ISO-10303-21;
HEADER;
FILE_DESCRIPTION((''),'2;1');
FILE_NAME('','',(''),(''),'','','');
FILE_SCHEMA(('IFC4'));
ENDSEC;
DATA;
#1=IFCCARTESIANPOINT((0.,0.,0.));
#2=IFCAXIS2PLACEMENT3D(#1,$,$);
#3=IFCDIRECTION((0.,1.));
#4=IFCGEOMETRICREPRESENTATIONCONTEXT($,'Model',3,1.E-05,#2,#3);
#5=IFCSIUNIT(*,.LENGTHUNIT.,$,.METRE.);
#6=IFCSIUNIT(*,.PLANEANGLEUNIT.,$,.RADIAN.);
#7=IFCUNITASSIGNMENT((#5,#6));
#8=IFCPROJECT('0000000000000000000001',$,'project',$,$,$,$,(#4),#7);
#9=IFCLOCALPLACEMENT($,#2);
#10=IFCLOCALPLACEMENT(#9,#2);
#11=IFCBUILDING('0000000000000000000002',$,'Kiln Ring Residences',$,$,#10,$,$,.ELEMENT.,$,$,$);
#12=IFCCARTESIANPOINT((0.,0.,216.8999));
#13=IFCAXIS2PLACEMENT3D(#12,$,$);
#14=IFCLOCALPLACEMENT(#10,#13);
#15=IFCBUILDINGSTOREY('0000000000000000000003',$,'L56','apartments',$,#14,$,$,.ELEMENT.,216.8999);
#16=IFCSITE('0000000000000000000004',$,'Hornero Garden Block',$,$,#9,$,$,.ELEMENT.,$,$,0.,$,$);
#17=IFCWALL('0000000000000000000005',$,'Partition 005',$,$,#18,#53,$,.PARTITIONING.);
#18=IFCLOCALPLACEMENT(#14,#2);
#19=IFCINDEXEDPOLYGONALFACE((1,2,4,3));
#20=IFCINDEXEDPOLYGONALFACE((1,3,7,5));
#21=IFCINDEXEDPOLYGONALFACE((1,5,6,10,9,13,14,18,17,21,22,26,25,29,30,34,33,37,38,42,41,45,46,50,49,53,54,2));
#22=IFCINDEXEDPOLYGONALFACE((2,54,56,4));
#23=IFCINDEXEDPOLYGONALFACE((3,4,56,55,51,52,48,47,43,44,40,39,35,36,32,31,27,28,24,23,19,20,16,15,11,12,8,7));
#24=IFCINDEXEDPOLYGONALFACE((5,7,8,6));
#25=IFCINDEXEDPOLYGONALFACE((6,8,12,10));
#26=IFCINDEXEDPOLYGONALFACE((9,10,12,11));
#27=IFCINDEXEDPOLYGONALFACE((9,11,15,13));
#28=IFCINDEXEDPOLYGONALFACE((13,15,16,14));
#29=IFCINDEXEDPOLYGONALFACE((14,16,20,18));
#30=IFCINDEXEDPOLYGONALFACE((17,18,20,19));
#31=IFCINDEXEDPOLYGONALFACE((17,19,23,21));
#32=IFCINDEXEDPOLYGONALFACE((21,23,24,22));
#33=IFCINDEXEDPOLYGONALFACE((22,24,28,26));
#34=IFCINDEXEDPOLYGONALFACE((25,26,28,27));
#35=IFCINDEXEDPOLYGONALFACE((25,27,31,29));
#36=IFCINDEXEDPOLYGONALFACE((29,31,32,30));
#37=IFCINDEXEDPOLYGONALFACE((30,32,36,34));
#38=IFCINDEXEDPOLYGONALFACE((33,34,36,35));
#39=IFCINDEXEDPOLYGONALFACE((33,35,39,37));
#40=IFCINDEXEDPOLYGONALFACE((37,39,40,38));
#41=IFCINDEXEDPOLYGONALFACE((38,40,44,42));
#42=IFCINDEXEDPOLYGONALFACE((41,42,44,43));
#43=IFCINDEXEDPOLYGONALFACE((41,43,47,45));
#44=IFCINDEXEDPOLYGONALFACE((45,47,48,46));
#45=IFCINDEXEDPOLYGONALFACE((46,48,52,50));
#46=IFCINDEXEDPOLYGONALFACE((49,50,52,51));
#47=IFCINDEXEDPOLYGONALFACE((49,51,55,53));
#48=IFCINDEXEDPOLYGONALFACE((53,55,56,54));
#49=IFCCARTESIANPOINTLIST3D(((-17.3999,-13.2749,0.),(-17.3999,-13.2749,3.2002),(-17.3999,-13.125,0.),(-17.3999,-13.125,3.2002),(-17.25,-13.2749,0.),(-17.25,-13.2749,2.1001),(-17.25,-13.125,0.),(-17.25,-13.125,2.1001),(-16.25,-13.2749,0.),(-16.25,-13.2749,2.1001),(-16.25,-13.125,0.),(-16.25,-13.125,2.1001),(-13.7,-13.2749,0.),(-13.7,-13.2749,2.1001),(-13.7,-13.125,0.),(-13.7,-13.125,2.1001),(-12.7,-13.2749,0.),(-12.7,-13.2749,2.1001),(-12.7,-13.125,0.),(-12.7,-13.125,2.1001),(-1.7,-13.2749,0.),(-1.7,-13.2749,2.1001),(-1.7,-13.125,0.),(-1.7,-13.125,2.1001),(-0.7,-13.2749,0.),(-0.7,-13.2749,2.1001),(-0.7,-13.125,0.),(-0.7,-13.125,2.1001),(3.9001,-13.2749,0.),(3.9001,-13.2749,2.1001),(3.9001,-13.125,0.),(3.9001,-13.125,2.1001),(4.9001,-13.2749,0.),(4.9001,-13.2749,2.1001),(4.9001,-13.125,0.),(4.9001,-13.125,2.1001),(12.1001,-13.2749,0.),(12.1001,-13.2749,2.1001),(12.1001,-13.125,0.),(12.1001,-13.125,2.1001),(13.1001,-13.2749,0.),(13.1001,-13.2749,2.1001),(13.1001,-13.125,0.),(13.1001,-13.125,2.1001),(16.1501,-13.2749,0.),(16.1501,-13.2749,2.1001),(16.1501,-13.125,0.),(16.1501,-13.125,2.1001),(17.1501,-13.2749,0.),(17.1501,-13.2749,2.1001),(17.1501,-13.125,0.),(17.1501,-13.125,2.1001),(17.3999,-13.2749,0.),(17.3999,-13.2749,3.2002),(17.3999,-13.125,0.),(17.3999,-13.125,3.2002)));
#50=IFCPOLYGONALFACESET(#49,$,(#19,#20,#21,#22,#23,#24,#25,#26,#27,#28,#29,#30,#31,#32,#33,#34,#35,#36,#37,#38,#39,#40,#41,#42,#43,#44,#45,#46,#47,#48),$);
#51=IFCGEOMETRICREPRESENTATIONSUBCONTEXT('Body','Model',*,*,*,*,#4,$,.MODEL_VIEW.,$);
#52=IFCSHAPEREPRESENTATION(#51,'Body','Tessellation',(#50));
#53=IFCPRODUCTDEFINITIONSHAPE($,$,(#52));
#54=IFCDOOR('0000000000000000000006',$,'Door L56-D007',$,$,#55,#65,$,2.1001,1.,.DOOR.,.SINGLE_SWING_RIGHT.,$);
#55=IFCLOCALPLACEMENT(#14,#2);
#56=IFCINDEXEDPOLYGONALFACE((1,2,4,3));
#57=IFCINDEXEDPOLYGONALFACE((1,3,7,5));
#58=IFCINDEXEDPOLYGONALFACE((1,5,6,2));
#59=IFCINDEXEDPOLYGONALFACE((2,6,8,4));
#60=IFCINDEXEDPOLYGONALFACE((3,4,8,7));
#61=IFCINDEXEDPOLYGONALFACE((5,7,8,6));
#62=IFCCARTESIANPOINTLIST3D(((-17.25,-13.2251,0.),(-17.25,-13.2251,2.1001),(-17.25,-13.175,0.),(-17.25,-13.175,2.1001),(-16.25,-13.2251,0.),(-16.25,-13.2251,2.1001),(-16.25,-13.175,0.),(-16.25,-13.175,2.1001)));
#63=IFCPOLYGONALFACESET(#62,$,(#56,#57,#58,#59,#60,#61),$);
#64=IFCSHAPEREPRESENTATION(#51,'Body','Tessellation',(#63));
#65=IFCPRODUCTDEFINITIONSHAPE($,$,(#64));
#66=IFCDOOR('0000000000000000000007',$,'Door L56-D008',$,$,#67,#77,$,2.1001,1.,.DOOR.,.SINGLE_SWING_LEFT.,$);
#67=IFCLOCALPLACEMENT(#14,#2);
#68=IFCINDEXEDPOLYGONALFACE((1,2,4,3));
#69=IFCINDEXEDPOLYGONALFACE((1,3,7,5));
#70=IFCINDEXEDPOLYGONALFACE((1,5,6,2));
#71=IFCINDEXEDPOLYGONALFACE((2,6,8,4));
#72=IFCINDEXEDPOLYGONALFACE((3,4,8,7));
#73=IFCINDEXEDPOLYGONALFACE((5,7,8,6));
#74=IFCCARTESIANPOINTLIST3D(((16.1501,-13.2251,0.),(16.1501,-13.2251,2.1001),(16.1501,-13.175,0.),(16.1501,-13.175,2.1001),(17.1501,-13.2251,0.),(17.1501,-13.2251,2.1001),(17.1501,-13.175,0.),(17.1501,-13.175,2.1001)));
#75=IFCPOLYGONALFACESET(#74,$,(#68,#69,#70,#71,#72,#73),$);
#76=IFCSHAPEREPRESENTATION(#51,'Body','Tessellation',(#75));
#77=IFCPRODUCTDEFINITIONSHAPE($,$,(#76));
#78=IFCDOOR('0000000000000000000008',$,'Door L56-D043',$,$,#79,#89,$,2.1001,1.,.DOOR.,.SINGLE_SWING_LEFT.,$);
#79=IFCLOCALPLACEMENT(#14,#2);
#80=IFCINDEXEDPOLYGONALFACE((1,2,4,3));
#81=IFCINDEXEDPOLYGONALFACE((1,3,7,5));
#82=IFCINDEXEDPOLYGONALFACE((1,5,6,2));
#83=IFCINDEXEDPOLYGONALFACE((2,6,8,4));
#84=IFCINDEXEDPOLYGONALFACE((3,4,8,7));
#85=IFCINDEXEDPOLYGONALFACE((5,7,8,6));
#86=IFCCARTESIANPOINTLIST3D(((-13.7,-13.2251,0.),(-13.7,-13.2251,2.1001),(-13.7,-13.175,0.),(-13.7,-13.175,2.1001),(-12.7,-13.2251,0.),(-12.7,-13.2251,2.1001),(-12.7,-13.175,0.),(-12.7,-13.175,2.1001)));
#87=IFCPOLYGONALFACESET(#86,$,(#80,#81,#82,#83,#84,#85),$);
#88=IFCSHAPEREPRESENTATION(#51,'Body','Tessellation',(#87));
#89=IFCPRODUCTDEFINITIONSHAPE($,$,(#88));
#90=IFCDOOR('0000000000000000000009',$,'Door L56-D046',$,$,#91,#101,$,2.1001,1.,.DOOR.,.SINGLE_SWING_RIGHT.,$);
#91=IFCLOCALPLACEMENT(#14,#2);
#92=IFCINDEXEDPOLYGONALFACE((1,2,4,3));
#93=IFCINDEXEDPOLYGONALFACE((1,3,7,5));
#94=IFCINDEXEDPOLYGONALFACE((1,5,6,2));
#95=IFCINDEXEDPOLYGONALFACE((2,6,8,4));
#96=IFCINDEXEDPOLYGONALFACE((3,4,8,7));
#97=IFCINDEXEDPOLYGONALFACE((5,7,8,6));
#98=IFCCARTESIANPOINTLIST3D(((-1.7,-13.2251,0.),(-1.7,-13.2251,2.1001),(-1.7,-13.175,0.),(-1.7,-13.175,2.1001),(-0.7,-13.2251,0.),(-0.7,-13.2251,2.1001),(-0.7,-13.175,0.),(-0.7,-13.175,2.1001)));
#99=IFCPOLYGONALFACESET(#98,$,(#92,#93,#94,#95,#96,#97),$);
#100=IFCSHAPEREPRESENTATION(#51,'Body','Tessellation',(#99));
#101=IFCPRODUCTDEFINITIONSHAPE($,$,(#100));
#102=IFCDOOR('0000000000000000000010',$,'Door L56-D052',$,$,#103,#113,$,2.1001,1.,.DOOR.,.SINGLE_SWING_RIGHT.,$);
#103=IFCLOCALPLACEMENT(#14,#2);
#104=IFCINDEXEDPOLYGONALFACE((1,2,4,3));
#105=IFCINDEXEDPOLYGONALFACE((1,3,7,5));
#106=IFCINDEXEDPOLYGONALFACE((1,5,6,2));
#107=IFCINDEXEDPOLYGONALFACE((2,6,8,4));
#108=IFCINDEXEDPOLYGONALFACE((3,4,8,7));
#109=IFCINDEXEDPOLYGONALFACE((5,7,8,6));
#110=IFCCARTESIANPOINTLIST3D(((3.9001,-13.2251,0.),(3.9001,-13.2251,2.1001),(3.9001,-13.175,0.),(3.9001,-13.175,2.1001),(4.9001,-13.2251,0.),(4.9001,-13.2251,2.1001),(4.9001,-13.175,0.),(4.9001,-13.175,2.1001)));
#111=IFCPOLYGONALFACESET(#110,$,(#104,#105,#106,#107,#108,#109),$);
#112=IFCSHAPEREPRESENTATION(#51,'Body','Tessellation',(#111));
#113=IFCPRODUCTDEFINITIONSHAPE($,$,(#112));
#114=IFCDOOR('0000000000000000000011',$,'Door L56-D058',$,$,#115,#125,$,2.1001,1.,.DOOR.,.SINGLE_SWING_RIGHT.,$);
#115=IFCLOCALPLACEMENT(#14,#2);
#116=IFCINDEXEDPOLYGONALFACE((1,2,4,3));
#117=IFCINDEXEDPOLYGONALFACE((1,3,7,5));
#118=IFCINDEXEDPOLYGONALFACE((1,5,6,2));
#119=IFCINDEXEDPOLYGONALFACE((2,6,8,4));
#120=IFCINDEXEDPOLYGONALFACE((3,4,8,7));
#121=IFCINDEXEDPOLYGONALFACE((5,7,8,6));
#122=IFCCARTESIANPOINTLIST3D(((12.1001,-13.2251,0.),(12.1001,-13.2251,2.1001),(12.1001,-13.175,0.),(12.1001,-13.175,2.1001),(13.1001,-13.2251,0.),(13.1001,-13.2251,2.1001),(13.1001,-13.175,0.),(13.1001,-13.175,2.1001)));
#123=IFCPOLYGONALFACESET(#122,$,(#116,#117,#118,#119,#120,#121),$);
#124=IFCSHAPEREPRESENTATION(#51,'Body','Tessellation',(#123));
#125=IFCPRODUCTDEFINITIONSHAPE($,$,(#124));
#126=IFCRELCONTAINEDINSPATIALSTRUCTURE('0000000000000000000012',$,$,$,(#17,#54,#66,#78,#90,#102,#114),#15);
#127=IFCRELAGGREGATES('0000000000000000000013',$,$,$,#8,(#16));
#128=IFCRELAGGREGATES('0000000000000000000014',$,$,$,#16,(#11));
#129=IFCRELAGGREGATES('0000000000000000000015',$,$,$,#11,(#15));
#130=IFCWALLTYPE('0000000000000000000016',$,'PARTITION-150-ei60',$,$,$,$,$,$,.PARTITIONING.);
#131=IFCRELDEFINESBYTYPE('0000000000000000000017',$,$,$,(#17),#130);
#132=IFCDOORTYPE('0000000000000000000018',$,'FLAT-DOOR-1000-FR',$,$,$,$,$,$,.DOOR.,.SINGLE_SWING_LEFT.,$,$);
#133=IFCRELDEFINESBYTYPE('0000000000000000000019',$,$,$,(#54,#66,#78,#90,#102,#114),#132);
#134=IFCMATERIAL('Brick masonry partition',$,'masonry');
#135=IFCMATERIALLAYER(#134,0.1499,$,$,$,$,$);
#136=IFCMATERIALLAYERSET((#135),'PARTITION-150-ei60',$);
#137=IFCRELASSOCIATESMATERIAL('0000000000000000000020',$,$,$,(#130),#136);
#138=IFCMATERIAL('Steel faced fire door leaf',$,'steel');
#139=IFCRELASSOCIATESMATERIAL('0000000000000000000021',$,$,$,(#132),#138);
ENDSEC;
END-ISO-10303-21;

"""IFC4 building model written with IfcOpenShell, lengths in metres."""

from ifc_helpers import new_model, si_unit, direction, frame, frame_2d, origin, place, context, subcontext, project, spatial, rectangle, extrude, material, layer, layer_set, type_object, element, fill, save


model = new_model("IFC4")

# Units and contexts
model_context = context("Model", 3, precision=1e-05, world=origin(), true_north=direction((0.0, 1.0)))
body_context = subcontext(model_context, "Body", "Model", "MODEL_VIEW")
ifc_project = project(units=[si_unit("LENGTHUNIT", "METRE"), si_unit("PLANEANGLEUNIT", "RADIAN")], contexts=[model_context])

# Site, building, storey
site_placement = place(None, origin())
site = spatial("IfcSite", under=ifc_project, at=site_placement, Name="Hornero Garden Block", CompositionType="ELEMENT", RefElevation=0.0)
building_placement = place(site_placement, origin())
building = spatial("IfcBuilding", under=site, at=building_placement, Name="Kiln Ring Residences", CompositionType="ELEMENT")
storey_placement = place(building_placement, frame((0.0, 0.0, 216.8999)))
storey = spatial("IfcBuildingStorey", under=building, at=storey_placement, Name="L56", Description="apartments", CompositionType="ELEMENT", Elevation=216.8999)

# Shared definitions
ifc_material_1 = material(Name="Brick masonry partition", Category="masonry")
ifc_layer_1 = layer(ifc_material_1, 0.1499)
ifc_layer_set_1 = layer_set([ifc_layer_1], Name="PARTITION-150-ei60")
wall_type_1 = type_object("IfcWallType", Name="PARTITION-150-ei60", PredefinedType="PARTITIONING", material=ifc_layer_set_1)
ifc_material_2 = material(Name="Steel faced fire door leaf", Category="steel")
door_type_1 = type_object("IfcDoorType", Name="FLAT-DOOR-1000-FR", OperationType="SINGLE_SWING_LEFT", PredefinedType="DOOR", material=ifc_material_2)

# Wall, openings, doors
wall_1_placement = place(storey_placement, frame((-17.3999, -13.2, 0.0), z_axis=(0.0, 0.0, 1.0), x_axis=(1.0, 0.0, 0.0)))
wall_1 = element("IfcWall", 1, at=wall_1_placement, inside=storey, type_object=wall_type_1, Name="Partition 005", PredefinedType="PARTITIONING", context=body_context, shape_type="SweptSolid", body=[
    extrude(rectangle(XDim=34.7998, YDim=0.1499, at=frame_2d((17.3999, 0.0))), origin(), (0.0, 0.0, 1.0), 3.2002),
])
opening_1_placement = place(wall_1_placement, frame((0.1499, 0.0, 0.0)))
opening_1 = element("IfcOpeningElement", 2, at=opening_1_placement, cuts=wall_1, PredefinedType="OPENING", context=body_context, shape_type="SweptSolid", body=[
    extrude(rectangle(XDim=1.0, YDim=2.1001, at=frame_2d((0.5, 1.05))), frame((0.0, 0.085, 0.0), z_axis=(0.0, -1.0, 0.0), x_axis=(1.0, 0.0, 0.0)), (0.0, 0.0, 1.0), 0.1699),
])
opening_2_placement = place(wall_1_placement, frame((33.55, 0.0, 0.0)))
opening_2 = element("IfcOpeningElement", 3, at=opening_2_placement, cuts=wall_1, PredefinedType="OPENING", context=body_context, shape_type="SweptSolid", body=[
    extrude(rectangle(XDim=1.0, YDim=2.1001, at=frame_2d((0.5, 1.05))), frame((0.0, 0.085, 0.0), z_axis=(0.0, -1.0, 0.0), x_axis=(1.0, 0.0, 0.0)), (0.0, 0.0, 1.0), 0.1699),
])
opening_3_placement = place(wall_1_placement, frame((3.7, 0.0, 0.0)))
opening_3 = element("IfcOpeningElement", 4, at=opening_3_placement, cuts=wall_1, PredefinedType="OPENING", context=body_context, shape_type="SweptSolid", body=[
    extrude(rectangle(XDim=1.0, YDim=2.1001, at=frame_2d((0.5, 1.05))), frame((0.0, 0.085, 0.0), z_axis=(0.0, -1.0, 0.0), x_axis=(1.0, 0.0, 0.0)), (0.0, 0.0, 1.0), 0.1699),
])
opening_4_placement = place(wall_1_placement, frame((15.7, 0.0, 0.0)))
opening_4 = element("IfcOpeningElement", 5, at=opening_4_placement, cuts=wall_1, PredefinedType="OPENING", context=body_context, shape_type="SweptSolid", body=[
    extrude(rectangle(XDim=1.0, YDim=2.1001, at=frame_2d((0.5, 1.05))), frame((0.0, 0.085, 0.0), z_axis=(0.0, -1.0, 0.0), x_axis=(1.0, 0.0, 0.0)), (0.0, 0.0, 1.0), 0.1699),
])
opening_5_placement = place(wall_1_placement, frame((21.3, 0.0, 0.0)))
opening_5 = element("IfcOpeningElement", 6, at=opening_5_placement, cuts=wall_1, PredefinedType="OPENING", context=body_context, shape_type="SweptSolid", body=[
    extrude(rectangle(XDim=1.0, YDim=2.1001, at=frame_2d((0.5, 1.05))), frame((0.0, 0.085, 0.0), z_axis=(0.0, -1.0, 0.0), x_axis=(1.0, 0.0, 0.0)), (0.0, 0.0, 1.0), 0.1699),
])
opening_6_placement = place(wall_1_placement, frame((29.5, 0.0, 0.0)))
opening_6 = element("IfcOpeningElement", 7, at=opening_6_placement, cuts=wall_1, PredefinedType="OPENING", context=body_context, shape_type="SweptSolid", body=[
    extrude(rectangle(XDim=1.0, YDim=2.1001, at=frame_2d((0.5, 1.05))), frame((0.0, 0.085, 0.0), z_axis=(0.0, -1.0, 0.0), x_axis=(1.0, 0.0, 0.0)), (0.0, 0.0, 1.0), 0.1699),
])
door_1_placement = place(opening_1_placement, origin())
door_1 = element("IfcDoor", 8, at=door_1_placement, inside=storey, type_object=door_type_1, Name="Door L56-D007", OperationType="SINGLE_SWING_RIGHT", OverallHeight=2.1001, OverallWidth=1.0, PredefinedType="DOOR", context=body_context, shape_type="SweptSolid", body=[
    extrude(rectangle(XDim=1.0, YDim=2.1001, at=frame_2d((0.5, 1.05))), frame((0.0, 0.0249, 0.0), z_axis=(0.0, -1.0, 0.0), x_axis=(1.0, 0.0, 0.0)), (0.0, 0.0, 1.0), 0.05),
])
fill(opening_1, door_1)
door_2_placement = place(opening_2_placement, origin())
door_2 = element("IfcDoor", 9, at=door_2_placement, inside=storey, type_object=door_type_1, Name="Door L56-D008", OperationType="SINGLE_SWING_LEFT", OverallHeight=2.1001, OverallWidth=1.0, PredefinedType="DOOR", context=body_context, shape_type="SweptSolid", body=[
    extrude(rectangle(XDim=1.0, YDim=2.1001, at=frame_2d((0.5, 1.05))), frame((0.0, 0.0249, 0.0), z_axis=(0.0, -1.0, 0.0), x_axis=(1.0, 0.0, 0.0)), (0.0, 0.0, 1.0), 0.05),
])
fill(opening_2, door_2)
door_3_placement = place(opening_3_placement, origin())
door_3 = element("IfcDoor", 10, at=door_3_placement, inside=storey, type_object=door_type_1, Name="Door L56-D043", OperationType="SINGLE_SWING_LEFT", OverallHeight=2.1001, OverallWidth=1.0, PredefinedType="DOOR", context=body_context, shape_type="SweptSolid", body=[
    extrude(rectangle(XDim=1.0, YDim=2.1001, at=frame_2d((0.5, 1.05))), frame((0.0, 0.0249, 0.0), z_axis=(0.0, -1.0, 0.0), x_axis=(1.0, 0.0, 0.0)), (0.0, 0.0, 1.0), 0.05),
])
fill(opening_3, door_3)
door_4_placement = place(opening_4_placement, origin())
door_4 = element("IfcDoor", 11, at=door_4_placement, inside=storey, type_object=door_type_1, Name="Door L56-D046", OperationType="SINGLE_SWING_RIGHT", OverallHeight=2.1001, OverallWidth=1.0, PredefinedType="DOOR", context=body_context, shape_type="SweptSolid", body=[
    extrude(rectangle(XDim=1.0, YDim=2.1001, at=frame_2d((0.5, 1.05))), frame((0.0, 0.0249, 0.0), z_axis=(0.0, -1.0, 0.0), x_axis=(1.0, 0.0, 0.0)), (0.0, 0.0, 1.0), 0.05),
])
fill(opening_4, door_4)
door_5_placement = place(opening_5_placement, origin())
door_5 = element("IfcDoor", 12, at=door_5_placement, inside=storey, type_object=door_type_1, Name="Door L56-D052", OperationType="SINGLE_SWING_RIGHT", OverallHeight=2.1001, OverallWidth=1.0, PredefinedType="DOOR", context=body_context, shape_type="SweptSolid", body=[
    extrude(rectangle(XDim=1.0, YDim=2.1001, at=frame_2d((0.5, 1.05))), frame((0.0, 0.0249, 0.0), z_axis=(0.0, -1.0, 0.0), x_axis=(1.0, 0.0, 0.0)), (0.0, 0.0, 1.0), 0.05),
])
fill(opening_5, door_5)
door_6_placement = place(opening_6_placement, origin())
door_6 = element("IfcDoor", 13, at=door_6_placement, inside=storey, type_object=door_type_1, Name="Door L56-D058", OperationType="SINGLE_SWING_RIGHT", OverallHeight=2.1001, OverallWidth=1.0, PredefinedType="DOOR", context=body_context, shape_type="SweptSolid", body=[
    extrude(rectangle(XDim=1.0, YDim=2.1001, at=frame_2d((0.5, 1.05))), frame((0.0, 0.0249, 0.0), z_axis=(0.0, -1.0, 0.0), x_axis=(1.0, 0.0, 0.0)), (0.0, 0.0, 1.0), 0.05),
])
fill(opening_6, door_6)

save(model, "model.ifc")
